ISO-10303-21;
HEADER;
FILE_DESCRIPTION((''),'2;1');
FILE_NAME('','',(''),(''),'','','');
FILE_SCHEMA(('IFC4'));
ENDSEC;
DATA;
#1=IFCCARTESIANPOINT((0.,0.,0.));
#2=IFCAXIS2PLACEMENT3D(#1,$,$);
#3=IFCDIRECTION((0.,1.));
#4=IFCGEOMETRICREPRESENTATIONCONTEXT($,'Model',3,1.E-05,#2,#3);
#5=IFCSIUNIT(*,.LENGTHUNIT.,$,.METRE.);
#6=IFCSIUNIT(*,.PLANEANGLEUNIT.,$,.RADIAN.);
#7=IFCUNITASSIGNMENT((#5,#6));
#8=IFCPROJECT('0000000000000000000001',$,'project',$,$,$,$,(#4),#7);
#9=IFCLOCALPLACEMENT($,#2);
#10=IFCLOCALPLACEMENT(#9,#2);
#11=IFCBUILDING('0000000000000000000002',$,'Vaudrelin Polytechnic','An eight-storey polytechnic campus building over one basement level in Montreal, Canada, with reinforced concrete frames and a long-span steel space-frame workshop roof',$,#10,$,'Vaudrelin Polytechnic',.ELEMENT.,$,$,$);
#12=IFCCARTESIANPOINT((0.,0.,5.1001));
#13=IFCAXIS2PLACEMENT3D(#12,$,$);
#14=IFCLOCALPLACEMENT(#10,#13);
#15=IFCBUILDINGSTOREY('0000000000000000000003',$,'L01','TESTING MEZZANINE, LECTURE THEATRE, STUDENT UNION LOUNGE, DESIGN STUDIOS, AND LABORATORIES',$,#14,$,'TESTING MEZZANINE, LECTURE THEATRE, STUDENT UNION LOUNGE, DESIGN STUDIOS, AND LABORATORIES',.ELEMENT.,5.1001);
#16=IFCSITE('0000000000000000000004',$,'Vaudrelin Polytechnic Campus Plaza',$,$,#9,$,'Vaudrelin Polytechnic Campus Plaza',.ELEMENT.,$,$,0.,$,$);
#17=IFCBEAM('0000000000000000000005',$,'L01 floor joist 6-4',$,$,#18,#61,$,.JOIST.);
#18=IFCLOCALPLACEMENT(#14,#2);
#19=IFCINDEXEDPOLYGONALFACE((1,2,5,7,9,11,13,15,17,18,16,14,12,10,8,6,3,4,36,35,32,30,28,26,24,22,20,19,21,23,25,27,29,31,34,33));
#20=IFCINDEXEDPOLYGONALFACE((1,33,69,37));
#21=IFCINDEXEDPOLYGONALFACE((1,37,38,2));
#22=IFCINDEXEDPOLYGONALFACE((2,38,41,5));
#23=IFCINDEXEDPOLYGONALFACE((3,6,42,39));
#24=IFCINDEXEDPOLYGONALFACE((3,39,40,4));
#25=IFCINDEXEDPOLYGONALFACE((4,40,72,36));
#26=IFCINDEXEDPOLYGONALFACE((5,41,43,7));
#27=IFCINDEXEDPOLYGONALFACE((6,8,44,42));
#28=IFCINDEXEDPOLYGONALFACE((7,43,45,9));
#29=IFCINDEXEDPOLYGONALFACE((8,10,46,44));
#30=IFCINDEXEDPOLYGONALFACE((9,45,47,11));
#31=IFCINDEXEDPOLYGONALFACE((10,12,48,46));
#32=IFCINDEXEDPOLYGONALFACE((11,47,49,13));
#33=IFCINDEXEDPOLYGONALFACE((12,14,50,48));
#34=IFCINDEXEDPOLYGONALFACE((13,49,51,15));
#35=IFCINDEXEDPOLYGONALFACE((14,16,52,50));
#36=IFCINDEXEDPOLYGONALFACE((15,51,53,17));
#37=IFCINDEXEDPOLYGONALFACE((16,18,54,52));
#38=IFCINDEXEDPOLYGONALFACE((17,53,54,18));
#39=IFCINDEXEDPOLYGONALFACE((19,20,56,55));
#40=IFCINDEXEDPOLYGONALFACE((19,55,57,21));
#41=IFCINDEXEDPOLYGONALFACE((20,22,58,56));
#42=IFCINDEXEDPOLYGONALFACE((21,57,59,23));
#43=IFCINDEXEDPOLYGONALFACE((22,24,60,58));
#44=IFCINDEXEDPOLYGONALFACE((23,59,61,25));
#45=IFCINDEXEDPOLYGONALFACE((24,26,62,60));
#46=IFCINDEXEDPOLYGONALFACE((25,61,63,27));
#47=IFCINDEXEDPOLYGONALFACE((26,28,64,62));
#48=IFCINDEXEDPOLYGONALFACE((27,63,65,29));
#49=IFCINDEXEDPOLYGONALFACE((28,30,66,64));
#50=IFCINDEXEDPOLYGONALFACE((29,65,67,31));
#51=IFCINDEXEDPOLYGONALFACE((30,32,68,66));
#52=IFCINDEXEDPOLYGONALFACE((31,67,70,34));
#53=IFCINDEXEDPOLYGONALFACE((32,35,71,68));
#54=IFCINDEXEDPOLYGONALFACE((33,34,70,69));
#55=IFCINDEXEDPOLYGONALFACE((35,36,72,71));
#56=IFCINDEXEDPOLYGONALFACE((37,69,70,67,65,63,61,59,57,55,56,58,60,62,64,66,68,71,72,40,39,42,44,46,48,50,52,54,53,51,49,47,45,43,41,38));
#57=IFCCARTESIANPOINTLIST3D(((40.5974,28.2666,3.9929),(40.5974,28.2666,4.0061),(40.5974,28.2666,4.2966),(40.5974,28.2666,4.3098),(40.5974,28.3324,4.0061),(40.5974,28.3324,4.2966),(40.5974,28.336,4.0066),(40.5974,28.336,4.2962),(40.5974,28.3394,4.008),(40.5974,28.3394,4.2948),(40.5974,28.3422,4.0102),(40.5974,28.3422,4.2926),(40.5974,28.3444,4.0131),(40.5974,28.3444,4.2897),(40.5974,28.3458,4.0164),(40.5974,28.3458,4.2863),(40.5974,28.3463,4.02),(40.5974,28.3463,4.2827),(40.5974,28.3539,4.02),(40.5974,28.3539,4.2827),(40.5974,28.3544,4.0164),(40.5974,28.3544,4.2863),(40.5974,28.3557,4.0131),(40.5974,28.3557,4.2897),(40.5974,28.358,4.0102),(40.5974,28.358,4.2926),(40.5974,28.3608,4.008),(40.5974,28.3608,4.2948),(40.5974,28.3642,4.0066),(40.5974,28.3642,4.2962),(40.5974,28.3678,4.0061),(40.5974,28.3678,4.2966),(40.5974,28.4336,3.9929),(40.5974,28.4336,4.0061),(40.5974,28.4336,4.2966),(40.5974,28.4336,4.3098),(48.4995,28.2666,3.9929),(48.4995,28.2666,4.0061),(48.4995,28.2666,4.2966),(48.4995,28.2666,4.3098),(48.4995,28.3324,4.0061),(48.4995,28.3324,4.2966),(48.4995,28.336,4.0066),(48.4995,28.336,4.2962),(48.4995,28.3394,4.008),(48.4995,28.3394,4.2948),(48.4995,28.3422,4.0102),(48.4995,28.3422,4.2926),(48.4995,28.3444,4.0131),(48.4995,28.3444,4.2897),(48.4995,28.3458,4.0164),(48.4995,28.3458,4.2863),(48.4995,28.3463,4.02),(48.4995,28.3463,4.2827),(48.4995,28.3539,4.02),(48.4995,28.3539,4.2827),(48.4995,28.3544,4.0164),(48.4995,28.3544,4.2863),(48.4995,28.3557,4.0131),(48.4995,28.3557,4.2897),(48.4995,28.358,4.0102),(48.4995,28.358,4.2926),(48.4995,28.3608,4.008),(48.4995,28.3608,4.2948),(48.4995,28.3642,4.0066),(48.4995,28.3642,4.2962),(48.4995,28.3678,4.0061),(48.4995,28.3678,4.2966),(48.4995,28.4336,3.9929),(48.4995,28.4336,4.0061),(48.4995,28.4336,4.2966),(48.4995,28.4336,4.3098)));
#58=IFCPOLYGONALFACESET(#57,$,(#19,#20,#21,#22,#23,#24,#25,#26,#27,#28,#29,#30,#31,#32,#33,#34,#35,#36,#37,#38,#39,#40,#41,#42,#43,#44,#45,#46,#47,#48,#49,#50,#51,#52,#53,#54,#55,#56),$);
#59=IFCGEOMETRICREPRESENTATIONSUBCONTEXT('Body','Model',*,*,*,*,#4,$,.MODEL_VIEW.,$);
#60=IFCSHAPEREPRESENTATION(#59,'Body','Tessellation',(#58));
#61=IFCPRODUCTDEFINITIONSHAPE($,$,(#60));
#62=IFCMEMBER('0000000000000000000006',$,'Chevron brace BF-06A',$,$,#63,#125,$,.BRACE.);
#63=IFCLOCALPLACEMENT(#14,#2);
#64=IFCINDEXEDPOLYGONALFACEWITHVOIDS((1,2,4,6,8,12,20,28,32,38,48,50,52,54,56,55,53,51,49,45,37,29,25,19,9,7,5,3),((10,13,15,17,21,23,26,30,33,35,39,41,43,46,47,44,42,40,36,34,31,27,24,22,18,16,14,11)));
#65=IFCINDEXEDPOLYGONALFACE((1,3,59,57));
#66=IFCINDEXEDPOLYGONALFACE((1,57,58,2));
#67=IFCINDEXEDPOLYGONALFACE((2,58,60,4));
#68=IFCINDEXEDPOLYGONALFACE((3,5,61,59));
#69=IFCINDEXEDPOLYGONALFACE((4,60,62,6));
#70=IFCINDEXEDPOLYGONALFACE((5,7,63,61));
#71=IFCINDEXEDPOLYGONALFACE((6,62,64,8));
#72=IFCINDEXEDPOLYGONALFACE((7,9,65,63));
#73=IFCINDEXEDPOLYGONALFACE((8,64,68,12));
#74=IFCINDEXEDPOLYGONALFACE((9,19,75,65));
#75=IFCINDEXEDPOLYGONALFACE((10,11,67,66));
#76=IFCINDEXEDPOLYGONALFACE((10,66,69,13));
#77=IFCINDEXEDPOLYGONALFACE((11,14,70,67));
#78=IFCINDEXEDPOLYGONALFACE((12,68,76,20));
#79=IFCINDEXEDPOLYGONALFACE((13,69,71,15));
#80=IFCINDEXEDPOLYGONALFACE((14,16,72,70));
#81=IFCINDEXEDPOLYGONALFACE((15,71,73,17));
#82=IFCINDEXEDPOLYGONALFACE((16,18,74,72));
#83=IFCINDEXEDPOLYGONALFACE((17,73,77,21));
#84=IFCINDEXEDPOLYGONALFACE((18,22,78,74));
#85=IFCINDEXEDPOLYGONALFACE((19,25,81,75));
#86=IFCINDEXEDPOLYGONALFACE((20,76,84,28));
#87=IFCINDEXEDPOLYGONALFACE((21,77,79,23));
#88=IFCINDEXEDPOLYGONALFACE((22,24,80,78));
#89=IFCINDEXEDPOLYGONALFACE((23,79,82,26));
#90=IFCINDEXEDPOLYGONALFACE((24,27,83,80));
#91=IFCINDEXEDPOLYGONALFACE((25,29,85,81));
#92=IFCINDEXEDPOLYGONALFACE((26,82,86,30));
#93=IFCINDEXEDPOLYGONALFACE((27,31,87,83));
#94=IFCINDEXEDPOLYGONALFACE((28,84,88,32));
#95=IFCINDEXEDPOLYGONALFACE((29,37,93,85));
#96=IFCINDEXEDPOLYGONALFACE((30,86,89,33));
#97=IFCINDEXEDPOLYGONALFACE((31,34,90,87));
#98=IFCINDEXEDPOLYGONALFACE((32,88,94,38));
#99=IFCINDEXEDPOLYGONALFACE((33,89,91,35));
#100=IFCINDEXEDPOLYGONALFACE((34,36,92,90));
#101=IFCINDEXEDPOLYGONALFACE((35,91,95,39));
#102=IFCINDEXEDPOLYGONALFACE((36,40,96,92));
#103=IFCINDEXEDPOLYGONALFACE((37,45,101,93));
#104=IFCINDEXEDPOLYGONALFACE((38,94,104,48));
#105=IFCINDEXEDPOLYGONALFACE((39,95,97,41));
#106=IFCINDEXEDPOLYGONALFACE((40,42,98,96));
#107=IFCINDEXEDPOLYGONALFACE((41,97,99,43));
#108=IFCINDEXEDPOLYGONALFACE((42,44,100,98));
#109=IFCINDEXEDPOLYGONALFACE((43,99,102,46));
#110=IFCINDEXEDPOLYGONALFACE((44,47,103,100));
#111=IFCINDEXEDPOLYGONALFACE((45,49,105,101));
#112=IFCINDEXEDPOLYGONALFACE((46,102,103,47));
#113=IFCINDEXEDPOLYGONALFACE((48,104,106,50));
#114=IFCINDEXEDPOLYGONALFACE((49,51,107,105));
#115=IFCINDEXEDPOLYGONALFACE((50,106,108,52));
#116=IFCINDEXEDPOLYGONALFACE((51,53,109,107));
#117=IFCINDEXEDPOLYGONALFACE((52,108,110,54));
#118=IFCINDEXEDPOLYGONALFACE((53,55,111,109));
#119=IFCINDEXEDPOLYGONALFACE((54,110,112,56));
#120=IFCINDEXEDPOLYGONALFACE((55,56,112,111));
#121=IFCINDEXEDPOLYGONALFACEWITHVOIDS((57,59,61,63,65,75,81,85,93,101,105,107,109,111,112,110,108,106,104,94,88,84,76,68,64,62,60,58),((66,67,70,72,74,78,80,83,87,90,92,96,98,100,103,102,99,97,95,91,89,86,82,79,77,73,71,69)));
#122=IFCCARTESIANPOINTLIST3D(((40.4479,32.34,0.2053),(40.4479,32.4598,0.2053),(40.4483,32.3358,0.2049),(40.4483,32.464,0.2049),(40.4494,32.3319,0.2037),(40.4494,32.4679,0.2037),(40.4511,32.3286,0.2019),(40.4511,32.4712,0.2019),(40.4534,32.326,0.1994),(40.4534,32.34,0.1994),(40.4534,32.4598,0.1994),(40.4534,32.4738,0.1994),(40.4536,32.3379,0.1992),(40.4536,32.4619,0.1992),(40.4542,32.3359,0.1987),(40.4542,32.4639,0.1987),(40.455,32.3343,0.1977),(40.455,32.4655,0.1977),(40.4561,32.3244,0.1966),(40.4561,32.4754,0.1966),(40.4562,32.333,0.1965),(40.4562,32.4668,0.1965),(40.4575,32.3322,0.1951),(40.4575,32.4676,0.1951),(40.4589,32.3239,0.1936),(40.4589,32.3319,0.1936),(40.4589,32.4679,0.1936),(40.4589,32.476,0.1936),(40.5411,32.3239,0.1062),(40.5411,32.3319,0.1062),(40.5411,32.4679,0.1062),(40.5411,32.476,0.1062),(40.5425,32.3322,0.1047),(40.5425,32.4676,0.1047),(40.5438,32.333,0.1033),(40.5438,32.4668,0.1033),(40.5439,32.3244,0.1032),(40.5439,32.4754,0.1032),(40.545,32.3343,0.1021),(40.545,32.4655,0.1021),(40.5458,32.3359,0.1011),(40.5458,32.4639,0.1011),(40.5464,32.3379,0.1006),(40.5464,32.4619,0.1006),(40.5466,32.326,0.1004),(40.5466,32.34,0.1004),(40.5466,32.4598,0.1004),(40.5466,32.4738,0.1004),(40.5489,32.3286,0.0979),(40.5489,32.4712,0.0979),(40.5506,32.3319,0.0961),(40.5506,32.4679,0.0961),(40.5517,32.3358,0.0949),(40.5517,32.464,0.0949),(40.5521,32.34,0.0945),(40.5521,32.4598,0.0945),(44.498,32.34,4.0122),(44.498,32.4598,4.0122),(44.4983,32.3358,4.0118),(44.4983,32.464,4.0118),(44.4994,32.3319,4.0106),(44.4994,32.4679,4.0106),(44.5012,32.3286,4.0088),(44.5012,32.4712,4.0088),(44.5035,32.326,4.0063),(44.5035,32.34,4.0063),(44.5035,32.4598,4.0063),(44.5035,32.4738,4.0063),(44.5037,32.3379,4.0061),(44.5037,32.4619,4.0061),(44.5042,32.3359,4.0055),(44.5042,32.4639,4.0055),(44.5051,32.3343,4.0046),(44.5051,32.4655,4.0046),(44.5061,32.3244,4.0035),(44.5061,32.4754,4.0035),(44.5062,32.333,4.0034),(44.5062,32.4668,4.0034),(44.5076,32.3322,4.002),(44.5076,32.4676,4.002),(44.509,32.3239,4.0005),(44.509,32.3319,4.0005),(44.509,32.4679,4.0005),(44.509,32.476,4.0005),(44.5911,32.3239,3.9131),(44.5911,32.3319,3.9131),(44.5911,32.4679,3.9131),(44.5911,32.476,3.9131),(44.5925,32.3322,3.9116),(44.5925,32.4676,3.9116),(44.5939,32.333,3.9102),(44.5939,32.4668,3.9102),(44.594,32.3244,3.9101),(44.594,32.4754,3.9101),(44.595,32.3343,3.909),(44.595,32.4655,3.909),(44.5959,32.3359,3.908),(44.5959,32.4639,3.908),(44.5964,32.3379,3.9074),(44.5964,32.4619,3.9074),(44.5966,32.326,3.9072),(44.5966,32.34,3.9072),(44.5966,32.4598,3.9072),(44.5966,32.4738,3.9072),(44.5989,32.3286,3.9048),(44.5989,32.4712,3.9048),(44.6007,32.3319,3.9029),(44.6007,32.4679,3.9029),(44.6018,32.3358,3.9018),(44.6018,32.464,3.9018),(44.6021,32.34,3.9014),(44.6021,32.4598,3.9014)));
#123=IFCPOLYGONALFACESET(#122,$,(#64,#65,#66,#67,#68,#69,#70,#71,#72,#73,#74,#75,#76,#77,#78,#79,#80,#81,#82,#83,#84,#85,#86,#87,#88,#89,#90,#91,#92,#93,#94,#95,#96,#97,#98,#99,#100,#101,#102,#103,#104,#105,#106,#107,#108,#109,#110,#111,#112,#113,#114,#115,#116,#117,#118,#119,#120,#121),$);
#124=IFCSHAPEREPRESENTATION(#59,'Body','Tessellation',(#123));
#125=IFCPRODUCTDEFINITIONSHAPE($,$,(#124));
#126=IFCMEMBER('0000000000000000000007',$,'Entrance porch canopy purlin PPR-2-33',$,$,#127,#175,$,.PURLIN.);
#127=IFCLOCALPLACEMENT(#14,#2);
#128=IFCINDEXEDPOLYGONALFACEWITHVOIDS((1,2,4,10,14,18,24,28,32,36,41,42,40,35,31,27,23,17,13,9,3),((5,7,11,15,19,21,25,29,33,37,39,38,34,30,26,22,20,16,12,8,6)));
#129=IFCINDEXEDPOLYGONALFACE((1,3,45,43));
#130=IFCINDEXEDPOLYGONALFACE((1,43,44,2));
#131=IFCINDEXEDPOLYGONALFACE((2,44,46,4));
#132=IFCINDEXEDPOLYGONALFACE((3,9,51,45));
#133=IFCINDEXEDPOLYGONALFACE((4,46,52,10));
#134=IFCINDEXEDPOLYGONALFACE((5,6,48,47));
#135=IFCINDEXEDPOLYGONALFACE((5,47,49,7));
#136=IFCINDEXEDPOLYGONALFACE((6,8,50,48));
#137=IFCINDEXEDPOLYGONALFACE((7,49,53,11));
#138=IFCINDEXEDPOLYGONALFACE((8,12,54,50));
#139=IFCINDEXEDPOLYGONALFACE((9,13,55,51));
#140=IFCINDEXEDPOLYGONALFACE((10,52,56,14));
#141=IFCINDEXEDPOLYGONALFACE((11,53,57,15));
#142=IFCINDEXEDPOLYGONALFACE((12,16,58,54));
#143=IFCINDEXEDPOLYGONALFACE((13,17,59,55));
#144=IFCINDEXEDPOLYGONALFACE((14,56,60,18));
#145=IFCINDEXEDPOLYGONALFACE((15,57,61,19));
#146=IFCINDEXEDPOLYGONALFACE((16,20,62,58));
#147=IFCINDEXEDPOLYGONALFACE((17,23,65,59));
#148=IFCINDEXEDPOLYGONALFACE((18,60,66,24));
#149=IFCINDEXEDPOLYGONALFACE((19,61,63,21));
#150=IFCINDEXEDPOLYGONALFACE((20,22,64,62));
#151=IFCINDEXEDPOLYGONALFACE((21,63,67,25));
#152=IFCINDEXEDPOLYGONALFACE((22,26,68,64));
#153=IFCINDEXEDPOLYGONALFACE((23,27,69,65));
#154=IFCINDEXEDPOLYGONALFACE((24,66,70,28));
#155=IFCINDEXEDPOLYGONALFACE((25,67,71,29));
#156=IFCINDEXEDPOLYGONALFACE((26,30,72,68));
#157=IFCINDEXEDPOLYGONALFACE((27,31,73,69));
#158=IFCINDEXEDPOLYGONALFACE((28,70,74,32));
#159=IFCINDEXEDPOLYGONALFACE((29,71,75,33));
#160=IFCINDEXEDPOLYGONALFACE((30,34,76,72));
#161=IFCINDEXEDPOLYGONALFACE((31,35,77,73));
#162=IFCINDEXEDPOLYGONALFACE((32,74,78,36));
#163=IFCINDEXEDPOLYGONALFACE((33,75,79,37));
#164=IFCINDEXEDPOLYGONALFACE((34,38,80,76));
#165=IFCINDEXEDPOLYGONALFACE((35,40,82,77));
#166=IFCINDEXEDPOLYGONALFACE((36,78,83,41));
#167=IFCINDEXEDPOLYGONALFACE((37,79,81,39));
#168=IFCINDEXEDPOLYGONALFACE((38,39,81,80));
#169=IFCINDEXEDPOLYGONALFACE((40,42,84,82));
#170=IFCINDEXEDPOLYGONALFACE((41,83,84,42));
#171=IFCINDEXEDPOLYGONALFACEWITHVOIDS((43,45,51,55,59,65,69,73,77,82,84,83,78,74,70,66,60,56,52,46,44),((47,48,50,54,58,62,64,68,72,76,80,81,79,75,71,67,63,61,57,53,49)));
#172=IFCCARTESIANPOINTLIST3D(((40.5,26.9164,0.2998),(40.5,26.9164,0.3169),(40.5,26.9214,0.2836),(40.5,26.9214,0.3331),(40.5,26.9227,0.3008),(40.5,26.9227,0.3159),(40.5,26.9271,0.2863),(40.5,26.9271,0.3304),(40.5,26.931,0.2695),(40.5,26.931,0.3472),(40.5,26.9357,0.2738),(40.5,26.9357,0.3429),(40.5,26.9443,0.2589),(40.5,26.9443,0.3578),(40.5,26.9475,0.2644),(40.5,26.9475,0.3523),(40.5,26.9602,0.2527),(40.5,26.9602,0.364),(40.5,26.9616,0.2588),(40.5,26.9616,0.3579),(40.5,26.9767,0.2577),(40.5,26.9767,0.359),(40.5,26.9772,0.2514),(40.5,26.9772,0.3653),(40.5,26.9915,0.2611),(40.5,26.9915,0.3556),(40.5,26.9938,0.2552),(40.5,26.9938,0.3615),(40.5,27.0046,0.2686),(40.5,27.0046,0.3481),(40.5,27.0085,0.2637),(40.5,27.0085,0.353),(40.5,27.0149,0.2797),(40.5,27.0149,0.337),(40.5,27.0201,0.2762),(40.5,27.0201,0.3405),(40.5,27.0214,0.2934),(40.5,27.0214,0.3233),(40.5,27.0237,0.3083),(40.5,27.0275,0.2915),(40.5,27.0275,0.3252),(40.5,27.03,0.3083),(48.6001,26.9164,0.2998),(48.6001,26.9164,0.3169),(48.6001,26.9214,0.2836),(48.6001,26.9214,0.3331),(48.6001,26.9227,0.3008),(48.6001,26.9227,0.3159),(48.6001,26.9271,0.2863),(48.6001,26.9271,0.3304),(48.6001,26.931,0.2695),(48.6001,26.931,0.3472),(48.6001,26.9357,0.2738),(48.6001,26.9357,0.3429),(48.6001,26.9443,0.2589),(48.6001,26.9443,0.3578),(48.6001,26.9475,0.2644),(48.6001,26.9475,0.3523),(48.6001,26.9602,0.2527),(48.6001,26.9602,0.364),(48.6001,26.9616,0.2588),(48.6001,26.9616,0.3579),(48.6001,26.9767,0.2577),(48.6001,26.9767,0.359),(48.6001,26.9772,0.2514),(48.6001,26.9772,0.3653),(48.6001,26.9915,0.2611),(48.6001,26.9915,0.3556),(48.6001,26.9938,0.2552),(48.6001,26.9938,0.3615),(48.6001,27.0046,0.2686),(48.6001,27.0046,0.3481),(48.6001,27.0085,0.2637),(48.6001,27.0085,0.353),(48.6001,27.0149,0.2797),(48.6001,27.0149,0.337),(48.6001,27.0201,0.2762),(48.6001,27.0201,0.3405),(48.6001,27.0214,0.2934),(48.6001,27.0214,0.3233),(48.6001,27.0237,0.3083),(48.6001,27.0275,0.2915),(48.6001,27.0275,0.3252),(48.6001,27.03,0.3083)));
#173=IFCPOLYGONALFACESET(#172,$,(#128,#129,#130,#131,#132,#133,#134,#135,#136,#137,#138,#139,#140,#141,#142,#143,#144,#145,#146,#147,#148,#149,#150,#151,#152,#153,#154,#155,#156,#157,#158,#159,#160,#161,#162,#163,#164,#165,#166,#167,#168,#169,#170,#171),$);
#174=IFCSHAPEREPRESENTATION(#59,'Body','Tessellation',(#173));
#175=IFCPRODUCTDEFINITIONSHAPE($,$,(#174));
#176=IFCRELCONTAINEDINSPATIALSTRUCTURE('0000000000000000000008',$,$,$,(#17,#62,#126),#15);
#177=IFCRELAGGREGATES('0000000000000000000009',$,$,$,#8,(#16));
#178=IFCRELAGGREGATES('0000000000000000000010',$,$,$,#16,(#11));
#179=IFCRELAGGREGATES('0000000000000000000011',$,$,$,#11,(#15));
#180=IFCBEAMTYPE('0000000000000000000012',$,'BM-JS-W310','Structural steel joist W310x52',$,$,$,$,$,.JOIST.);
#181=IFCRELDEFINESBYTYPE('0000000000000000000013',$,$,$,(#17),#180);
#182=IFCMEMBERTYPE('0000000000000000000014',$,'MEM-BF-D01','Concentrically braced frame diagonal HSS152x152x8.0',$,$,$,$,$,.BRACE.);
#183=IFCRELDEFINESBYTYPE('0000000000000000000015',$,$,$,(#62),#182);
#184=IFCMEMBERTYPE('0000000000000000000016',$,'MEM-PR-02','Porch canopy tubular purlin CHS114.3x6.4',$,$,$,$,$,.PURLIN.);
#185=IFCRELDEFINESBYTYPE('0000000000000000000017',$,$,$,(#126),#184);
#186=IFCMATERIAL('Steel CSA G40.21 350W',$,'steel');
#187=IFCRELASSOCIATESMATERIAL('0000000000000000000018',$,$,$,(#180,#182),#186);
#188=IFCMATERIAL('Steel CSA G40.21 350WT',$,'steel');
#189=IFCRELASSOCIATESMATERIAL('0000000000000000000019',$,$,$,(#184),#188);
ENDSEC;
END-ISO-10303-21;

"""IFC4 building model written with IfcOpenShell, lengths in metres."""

from ifc_helpers import new_model, si_unit, direction, frame, origin, origin_2d, place, context, subcontext, project, spatial, hollow_rectangle, hollow_circle, i_section, extrude, material, material_profile, profile_set, type_object, element, save


model = new_model("IFC4")

# Units and contexts
model_context = context("Model", 3, precision=1e-05, world=origin(), true_north=direction((0.0, 1.0)))
body_context = subcontext(model_context, "Body", "Model", "MODEL_VIEW")
ifc_project = project(units=[si_unit("LENGTHUNIT", "METRE"), si_unit("PLANEANGLEUNIT", "RADIAN")], contexts=[model_context])

# Site, building, storey
site_placement = place(None, origin())
site = spatial("IfcSite", under=ifc_project, at=site_placement, Name="Vaudrelin Polytechnic Campus Plaza", LongName="Vaudrelin Polytechnic Campus Plaza", CompositionType="ELEMENT", RefElevation=0.0)
building_placement = place(site_placement, origin())
building = spatial("IfcBuilding", under=site, at=building_placement, Name="Vaudrelin Polytechnic", Description="An eight-storey polytechnic campus building over one basement level in Montreal, Canada, with reinforced concrete frames and a long-span steel space-frame workshop roof", LongName="Vaudrelin Polytechnic", CompositionType="ELEMENT")
storey_placement = place(building_placement, frame((0.0, 0.0, 5.1001)))
storey = spatial("IfcBuildingStorey", under=building, at=storey_placement, Name="L01", Description="TESTING MEZZANINE, LECTURE THEATRE, STUDENT UNION LOUNGE, DESIGN STUDIOS, AND LABORATORIES", LongName="TESTING MEZZANINE, LECTURE THEATRE, STUDENT UNION LOUNGE, DESIGN STUDIOS, AND LABORATORIES", CompositionType="ELEMENT", Elevation=5.1001)

# Beam
ifc_material_1 = material(Name="Steel CSA G40.21 350WT", Category="steel")
ifc_material_2 = material(Name="Steel CSA G40.21 350W", Category="steel")
ifc_material_profile_1 = material_profile(ifc_material_2, i_section(OverallWidth=0.167, OverallDepth=0.3169, WebThickness=0.0076, FlangeThickness=0.0132, FilletRadius=0.0139, at=origin_2d()), Name="W310x52")
ifc_profile_set_1 = profile_set([ifc_material_profile_1], Name="Steel CSA G40.21 350W")
beam_type_1 = type_object("IfcBeamType", Name="BM-JS-W310", Description="Structural steel joist W310x52", PredefinedType="JOIST", material=ifc_profile_set_1)
beam_1_placement = place(storey_placement, frame((40.5974, 28.3501, 4.1514), z_axis=(1.0, 0.0, 0.0), x_axis=(0.0, 1.0, 0.0)))
element("IfcBeam", 1, at=beam_1_placement, inside=storey, type_object=beam_type_1, Name="L01 floor joist 6-4", PredefinedType="JOIST", context=body_context, shape_type="SweptSolid", body=[
    extrude(i_section(OverallWidth=0.167, OverallDepth=0.3169, WebThickness=0.0076, FlangeThickness=0.0132, FilletRadius=0.0139, at=origin_2d()), origin(), (0.0, 0.0, 1.0), 7.9021),
])

# Members
ifc_material_profile_2 = material_profile(ifc_material_2, hollow_rectangle(XDim=0.1521, YDim=0.1521, WallThickness=0.0081, InnerFilletRadius=0.0081, OuterFilletRadius=0.0161, at=origin_2d()), Name="HSS152x152x8.0")
ifc_profile_set_2 = profile_set([ifc_material_profile_2], Name="Steel CSA G40.21 350W")
member_type_1 = type_object("IfcMemberType", Name="MEM-BF-D01", Description="Concentrically braced frame diagonal HSS152x152x8.0", PredefinedType="BRACE", material=ifc_profile_set_2)
member_placement = place(storey_placement, frame((40.5, 32.3999, 0.1499), z_axis=(0.728642, 0.0, 0.684895), x_axis=(0.0, 1.0, 0.0)))
element("IfcMember", 2, at=member_placement, inside=storey, type_object=member_type_1, Name="Chevron brace BF-06A", PredefinedType="BRACE", context=body_context, shape_type="SweptSolid", body=[
    extrude(hollow_rectangle(XDim=0.1521, YDim=0.1521, WallThickness=0.0081, InnerFilletRadius=0.0081, OuterFilletRadius=0.0161, at=origin_2d()), origin(), (0.0, 0.0, 1.0), 5.5583),
])
ifc_material_profile_3 = material_profile(ifc_material_1, hollow_circle(Radius=0.0571, WallThickness=0.0063, at=origin_2d()), Name="CHS114.3x6.4")
ifc_profile_set_3 = profile_set([ifc_material_profile_3], Name="Steel CSA G40.21 350WT")
member_type_2 = type_object("IfcMemberType", Name="MEM-PR-02", Description="Porch canopy tubular purlin CHS114.3x6.4", PredefinedType="PURLIN", material=ifc_profile_set_3)
for number, where, z_axis, x_axis, name in (
    (3, (40.5, 26.9729, 0.3083), (1.0, 0.0, 0.0), (0.0, 1.0, 0.0), "Entrance porch canopy purlin PPR-2-33"),
):
    element("IfcMember", number, at=place(storey_placement, frame(where, z_axis=z_axis, x_axis=x_axis)), inside=storey, type_object=member_type_2, Name=name, PredefinedType="PURLIN", context=body_context, shape_type="SweptSolid", body=[
        extrude(hollow_circle(Radius=0.0571, WallThickness=0.0063, at=origin_2d()), origin(), (0.0, 0.0, 1.0), 8.1001),
    ])

save(model, "model.ifc")
